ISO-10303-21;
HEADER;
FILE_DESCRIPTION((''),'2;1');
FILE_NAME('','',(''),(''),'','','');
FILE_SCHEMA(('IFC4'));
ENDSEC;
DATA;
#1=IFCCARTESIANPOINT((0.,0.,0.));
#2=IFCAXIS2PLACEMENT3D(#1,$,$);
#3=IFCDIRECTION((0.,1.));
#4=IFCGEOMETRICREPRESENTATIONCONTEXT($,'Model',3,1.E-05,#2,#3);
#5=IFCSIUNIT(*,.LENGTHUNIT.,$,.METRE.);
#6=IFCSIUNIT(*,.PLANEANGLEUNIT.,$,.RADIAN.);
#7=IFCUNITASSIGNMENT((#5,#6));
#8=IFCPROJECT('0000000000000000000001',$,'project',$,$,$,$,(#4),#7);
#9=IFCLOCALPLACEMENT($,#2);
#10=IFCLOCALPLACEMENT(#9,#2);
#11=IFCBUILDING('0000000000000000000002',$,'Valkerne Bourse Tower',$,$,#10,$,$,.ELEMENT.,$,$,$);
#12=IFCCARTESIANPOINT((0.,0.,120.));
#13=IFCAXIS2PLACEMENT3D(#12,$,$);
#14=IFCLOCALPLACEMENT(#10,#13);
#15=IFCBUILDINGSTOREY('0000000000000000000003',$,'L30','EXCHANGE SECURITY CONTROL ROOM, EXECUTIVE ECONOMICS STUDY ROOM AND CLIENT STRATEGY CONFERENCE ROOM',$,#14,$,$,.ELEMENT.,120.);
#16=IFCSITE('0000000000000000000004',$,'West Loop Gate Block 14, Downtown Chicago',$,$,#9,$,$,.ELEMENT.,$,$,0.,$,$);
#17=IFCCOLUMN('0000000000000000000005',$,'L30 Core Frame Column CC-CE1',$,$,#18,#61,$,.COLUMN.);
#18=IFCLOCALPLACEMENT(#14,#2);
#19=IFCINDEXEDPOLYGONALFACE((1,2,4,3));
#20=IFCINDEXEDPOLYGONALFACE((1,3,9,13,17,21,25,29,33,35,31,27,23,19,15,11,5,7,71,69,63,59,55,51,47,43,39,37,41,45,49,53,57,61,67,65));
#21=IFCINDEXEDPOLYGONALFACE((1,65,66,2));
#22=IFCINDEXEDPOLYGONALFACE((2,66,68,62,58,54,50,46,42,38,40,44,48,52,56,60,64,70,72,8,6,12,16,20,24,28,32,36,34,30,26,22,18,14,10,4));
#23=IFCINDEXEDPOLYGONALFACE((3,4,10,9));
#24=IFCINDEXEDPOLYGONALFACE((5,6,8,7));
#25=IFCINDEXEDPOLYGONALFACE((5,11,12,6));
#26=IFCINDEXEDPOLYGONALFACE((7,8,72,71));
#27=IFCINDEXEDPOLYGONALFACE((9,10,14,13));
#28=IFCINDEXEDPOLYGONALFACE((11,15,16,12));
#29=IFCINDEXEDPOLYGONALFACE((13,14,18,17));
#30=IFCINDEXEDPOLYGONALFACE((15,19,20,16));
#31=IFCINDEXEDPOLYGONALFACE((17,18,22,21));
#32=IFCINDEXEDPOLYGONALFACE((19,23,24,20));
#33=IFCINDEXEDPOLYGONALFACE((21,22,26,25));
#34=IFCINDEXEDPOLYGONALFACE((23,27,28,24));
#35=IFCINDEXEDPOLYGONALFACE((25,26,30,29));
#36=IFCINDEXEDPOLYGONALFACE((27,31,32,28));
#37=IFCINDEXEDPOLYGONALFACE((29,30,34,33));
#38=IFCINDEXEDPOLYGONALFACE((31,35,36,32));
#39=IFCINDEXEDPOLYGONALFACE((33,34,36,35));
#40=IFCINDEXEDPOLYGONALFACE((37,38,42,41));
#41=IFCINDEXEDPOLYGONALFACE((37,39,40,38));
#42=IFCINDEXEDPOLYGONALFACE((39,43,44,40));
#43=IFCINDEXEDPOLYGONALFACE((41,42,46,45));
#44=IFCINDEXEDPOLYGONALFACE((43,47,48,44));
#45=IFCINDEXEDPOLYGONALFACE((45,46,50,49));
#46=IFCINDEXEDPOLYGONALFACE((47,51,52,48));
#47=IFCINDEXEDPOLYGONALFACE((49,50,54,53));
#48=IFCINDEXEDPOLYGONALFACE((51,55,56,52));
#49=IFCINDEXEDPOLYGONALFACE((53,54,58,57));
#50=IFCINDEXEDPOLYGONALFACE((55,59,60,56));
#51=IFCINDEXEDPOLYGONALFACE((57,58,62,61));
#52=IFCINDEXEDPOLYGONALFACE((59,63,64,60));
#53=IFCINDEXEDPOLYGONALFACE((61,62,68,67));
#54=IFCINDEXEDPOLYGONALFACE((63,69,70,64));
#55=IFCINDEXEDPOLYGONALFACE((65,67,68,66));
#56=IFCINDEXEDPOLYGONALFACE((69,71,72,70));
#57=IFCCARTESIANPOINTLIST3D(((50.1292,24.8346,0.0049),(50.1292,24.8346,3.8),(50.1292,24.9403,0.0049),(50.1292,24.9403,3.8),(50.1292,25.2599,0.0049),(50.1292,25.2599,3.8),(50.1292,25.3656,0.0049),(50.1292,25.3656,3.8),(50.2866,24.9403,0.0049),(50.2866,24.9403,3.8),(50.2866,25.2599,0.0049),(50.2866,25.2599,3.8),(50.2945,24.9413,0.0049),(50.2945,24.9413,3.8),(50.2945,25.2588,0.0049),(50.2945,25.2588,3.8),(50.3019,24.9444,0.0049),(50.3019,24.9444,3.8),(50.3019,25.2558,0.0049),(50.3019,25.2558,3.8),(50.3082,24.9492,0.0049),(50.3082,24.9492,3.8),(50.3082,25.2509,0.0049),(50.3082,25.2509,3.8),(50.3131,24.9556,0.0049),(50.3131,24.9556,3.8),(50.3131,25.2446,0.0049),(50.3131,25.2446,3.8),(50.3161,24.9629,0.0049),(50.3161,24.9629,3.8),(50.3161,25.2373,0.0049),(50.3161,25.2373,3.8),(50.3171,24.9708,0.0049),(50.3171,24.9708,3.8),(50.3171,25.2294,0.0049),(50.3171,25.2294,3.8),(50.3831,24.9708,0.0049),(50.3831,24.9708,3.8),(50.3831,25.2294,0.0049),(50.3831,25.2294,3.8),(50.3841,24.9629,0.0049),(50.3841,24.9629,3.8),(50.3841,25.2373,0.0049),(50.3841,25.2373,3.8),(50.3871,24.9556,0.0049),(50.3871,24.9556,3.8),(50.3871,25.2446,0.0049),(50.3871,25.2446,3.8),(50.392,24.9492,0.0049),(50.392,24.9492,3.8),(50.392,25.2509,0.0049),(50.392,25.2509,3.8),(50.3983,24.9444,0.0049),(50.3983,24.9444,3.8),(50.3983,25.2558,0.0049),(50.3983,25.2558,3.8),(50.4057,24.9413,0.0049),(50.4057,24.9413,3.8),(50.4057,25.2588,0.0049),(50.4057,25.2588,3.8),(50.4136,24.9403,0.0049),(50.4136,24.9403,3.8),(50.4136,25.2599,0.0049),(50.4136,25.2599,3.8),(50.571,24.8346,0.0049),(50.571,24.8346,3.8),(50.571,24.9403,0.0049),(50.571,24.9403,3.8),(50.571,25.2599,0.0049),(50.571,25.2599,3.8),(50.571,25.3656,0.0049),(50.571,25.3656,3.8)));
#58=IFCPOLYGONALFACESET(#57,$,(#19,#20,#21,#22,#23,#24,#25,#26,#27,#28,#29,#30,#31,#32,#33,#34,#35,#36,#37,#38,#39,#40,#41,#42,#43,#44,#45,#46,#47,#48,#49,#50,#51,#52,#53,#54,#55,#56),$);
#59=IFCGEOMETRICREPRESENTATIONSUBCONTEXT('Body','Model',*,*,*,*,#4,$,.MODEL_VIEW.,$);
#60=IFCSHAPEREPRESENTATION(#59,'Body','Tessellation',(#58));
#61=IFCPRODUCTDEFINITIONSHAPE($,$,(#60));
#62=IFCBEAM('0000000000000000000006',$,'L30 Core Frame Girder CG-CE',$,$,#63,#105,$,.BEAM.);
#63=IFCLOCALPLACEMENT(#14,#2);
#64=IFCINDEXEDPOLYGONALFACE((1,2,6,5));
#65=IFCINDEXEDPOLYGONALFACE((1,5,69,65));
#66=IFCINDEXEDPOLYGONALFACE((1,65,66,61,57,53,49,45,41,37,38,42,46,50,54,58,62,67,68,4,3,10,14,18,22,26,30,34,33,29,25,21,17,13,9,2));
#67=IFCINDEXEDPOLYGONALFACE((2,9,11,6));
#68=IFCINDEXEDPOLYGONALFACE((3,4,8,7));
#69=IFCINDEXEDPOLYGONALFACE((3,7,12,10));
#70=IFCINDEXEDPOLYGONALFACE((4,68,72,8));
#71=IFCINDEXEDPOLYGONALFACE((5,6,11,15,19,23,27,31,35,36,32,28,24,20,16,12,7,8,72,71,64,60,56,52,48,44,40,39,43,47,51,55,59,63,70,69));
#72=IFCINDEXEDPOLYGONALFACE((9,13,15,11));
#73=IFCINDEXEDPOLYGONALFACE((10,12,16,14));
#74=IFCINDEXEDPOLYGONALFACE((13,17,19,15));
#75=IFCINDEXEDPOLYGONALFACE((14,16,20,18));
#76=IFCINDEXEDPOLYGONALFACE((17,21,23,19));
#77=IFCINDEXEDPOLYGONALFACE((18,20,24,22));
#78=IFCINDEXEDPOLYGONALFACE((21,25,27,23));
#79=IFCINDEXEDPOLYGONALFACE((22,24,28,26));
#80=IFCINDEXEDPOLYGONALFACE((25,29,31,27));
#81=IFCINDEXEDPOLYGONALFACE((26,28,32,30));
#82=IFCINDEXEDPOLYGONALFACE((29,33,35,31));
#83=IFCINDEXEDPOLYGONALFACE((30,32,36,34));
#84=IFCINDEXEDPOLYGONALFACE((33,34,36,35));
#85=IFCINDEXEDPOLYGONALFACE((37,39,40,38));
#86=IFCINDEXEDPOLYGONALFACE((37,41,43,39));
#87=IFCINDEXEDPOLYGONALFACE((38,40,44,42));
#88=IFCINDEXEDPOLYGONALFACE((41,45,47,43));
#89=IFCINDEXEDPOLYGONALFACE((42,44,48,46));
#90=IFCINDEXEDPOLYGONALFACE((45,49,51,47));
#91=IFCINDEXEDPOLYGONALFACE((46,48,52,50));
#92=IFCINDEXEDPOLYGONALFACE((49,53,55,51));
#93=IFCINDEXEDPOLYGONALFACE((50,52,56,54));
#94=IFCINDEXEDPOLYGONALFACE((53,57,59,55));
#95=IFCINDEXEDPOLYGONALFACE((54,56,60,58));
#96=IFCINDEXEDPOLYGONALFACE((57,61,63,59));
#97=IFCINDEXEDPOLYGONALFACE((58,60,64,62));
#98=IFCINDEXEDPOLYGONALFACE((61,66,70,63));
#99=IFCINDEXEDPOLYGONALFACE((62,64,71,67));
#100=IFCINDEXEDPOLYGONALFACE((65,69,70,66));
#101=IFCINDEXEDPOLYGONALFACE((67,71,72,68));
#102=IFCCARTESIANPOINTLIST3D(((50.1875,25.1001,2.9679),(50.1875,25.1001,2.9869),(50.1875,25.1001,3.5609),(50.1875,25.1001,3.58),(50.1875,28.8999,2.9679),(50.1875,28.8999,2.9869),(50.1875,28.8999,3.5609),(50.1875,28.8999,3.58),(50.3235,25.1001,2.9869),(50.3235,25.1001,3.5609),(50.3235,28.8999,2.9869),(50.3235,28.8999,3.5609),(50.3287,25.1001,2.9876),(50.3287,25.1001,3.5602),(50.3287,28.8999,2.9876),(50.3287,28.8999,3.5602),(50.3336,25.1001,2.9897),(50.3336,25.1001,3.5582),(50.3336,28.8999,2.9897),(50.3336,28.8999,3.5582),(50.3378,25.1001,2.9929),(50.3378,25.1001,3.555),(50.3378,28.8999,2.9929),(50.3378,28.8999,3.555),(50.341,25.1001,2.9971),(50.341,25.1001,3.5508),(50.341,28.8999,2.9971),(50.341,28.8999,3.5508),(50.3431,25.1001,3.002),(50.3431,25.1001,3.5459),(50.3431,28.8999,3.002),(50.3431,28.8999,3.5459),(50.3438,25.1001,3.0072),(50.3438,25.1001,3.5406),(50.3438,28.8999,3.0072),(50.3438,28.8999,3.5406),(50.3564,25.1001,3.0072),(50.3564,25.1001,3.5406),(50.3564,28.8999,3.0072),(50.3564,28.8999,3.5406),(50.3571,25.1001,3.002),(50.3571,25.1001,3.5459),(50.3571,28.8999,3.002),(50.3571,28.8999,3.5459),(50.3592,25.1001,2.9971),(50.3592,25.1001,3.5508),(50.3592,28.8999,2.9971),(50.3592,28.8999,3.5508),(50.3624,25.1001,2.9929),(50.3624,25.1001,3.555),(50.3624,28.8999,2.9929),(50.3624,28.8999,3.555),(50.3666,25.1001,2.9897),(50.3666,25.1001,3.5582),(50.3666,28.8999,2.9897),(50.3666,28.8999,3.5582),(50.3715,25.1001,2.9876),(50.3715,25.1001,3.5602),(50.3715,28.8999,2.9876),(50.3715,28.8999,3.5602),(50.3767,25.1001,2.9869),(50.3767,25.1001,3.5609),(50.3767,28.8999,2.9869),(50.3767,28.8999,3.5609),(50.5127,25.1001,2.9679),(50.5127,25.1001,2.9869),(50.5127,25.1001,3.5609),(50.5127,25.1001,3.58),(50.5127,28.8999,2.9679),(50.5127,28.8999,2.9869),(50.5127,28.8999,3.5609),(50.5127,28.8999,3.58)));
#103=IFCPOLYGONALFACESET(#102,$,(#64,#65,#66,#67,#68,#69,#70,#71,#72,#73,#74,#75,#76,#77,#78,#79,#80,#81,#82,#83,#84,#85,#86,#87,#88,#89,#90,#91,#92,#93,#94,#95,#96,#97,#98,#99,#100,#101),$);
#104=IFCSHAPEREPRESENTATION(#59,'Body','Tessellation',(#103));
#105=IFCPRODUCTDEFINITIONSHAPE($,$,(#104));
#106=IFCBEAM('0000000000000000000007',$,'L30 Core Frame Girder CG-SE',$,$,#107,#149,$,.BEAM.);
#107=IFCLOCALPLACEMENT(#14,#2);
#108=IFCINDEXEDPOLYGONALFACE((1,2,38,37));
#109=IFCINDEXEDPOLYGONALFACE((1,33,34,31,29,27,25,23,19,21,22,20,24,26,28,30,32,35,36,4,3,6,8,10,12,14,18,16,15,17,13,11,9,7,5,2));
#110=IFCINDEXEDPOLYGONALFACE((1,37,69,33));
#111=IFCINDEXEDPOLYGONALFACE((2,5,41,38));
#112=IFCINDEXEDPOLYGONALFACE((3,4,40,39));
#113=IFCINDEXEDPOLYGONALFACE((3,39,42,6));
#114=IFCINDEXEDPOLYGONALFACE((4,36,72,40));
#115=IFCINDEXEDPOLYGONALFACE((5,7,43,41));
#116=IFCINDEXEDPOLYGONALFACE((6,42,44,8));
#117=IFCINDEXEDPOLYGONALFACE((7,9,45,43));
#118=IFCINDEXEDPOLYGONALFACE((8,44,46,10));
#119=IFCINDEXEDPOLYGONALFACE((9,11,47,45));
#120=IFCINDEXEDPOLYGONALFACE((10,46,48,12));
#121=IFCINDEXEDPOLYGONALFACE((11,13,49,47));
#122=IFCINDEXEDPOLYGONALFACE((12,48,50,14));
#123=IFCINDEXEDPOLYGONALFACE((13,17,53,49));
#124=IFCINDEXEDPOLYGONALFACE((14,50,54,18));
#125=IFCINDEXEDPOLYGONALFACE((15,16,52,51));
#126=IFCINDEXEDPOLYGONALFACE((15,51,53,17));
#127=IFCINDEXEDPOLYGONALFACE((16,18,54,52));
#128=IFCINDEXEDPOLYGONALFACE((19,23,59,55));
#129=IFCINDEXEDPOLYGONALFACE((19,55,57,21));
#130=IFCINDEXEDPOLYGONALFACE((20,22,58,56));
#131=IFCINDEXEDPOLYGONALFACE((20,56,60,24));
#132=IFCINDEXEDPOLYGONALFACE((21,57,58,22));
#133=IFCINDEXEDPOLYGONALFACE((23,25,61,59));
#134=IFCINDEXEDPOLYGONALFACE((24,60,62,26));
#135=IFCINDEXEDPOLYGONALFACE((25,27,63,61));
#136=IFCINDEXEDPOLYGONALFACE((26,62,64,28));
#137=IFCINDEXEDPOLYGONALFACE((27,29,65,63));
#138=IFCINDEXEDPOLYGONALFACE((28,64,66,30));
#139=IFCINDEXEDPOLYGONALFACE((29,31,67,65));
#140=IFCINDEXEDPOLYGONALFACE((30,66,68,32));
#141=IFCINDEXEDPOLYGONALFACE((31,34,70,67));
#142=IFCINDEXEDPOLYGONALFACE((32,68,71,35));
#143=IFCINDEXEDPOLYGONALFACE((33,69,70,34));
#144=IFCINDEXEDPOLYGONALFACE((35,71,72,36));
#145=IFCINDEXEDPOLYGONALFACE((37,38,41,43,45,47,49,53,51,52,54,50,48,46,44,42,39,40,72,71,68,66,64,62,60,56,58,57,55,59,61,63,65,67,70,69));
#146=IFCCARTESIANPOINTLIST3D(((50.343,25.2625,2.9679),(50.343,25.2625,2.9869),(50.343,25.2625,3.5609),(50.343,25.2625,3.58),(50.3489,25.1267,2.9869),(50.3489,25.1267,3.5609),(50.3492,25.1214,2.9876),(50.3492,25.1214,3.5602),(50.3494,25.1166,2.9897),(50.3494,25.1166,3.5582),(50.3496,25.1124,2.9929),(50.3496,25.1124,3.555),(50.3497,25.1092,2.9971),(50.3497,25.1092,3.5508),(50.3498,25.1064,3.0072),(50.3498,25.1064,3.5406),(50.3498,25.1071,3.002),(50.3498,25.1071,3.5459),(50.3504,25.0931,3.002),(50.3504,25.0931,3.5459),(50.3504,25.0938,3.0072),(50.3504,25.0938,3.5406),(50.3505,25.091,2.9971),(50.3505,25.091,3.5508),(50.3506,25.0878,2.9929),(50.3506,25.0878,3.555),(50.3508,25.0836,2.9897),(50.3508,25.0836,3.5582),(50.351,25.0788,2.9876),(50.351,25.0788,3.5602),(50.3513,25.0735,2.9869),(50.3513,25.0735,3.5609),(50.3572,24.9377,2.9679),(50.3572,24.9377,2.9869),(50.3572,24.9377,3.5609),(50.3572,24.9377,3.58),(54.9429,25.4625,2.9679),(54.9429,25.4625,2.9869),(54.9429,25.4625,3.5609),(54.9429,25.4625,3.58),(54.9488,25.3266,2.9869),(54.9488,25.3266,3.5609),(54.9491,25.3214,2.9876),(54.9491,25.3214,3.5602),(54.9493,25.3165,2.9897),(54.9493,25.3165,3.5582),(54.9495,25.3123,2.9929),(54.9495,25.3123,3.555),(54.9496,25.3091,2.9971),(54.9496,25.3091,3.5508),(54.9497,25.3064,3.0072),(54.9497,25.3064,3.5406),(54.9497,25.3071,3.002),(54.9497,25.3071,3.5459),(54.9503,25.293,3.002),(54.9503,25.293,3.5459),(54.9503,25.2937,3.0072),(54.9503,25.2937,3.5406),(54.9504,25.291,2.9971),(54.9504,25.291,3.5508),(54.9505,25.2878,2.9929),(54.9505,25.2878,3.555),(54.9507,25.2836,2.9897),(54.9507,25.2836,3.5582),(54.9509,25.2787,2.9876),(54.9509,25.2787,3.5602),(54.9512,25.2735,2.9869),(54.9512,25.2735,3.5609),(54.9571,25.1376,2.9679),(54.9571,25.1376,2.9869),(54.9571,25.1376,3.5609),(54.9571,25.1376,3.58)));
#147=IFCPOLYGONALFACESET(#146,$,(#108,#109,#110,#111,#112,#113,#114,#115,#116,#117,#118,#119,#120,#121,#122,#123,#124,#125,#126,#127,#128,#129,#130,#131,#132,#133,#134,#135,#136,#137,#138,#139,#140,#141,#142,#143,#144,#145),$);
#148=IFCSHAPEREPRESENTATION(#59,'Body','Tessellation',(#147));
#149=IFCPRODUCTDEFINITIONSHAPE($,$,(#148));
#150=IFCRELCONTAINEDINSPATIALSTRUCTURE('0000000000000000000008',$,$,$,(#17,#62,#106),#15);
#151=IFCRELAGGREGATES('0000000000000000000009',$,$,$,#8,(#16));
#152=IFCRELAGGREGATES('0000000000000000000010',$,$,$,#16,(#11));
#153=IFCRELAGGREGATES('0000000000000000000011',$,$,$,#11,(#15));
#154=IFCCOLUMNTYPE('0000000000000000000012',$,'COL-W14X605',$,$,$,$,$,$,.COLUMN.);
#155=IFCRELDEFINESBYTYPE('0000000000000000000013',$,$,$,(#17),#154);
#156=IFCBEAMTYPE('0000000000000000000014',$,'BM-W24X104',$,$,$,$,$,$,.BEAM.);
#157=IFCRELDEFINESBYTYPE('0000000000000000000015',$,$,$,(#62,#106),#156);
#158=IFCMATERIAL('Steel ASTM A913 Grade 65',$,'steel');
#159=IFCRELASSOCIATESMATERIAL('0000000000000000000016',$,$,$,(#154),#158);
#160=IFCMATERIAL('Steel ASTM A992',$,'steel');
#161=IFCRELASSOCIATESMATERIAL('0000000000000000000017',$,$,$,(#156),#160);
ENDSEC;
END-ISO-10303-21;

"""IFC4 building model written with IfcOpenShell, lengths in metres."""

from ifc_helpers import new_model, si_unit, direction, frame, origin, origin_2d, place, context, subcontext, project, spatial, i_section, extrude, material, material_profile, profile_set, type_object, element, save


model = new_model("IFC4")

# Units and contexts
model_context = context("Model", 3, precision=1e-05, world=origin(), true_north=direction((0.0, 1.0)))
body_context = subcontext(model_context, "Body", "Model", "MODEL_VIEW")
ifc_project = project(units=[si_unit("LENGTHUNIT", "METRE"), si_unit("PLANEANGLEUNIT", "RADIAN")], contexts=[model_context])

# Site, building, storey
site_placement = place(None, origin())
site = spatial("IfcSite", under=ifc_project, at=site_placement, Name="West Loop Gate Block 14, Downtown Chicago", CompositionType="ELEMENT", RefElevation=0.0)
building_placement = place(site_placement, origin())
building = spatial("IfcBuilding", under=site, at=building_placement, Name="Valkerne Bourse Tower", CompositionType="ELEMENT")
storey_placement = place(building_placement, frame((0.0, 0.0, 120.0)))
storey = spatial("IfcBuildingStorey", under=building, at=storey_placement, Name="L30", Description="EXCHANGE SECURITY CONTROL ROOM, EXECUTIVE ECONOMICS STUDY ROOM AND CLIENT STRATEGY CONFERENCE ROOM", CompositionType="ELEMENT", Elevation=120.0)

# Column
ifc_material_1 = material(Name="Steel ASTM A913 Grade 65", Category="steel")
ifc_material_profile_1 = material_profile(ifc_material_1, i_section(OverallWidth=0.4419, OverallDepth=0.531, WebThickness=0.0659, FlangeThickness=0.1057, FilletRadius=0.0305, at=origin_2d()), Name="W14X605")
ifc_profile_set_1 = profile_set([ifc_material_profile_1], Name="Steel ASTM A913 Grade 65")
column_type = type_object("IfcColumnType", Name="COL-W14X605", PredefinedType="COLUMN", material=ifc_profile_set_1)
column_placement = place(storey_placement, frame((50.3501, 25.1001, 0.0049), z_axis=(0.0, 0.0, 1.0), x_axis=(1.0, 0.0, 0.0)))
element("IfcColumn", 1, at=column_placement, inside=storey, type_object=column_type, Name="L30 Core Frame Column CC-CE1", PredefinedType="COLUMN", context=body_context, shape_type="SweptSolid", body=[
    extrude(i_section(OverallWidth=0.4419, OverallDepth=0.531, WebThickness=0.0659, FlangeThickness=0.1057, FilletRadius=0.0305, at=origin_2d()), origin(), (0.0, 0.0, 1.0), 3.7952),
])

# Beams
ifc_material_2 = material(Name="Steel ASTM A992", Category="steel")
ifc_material_profile_2 = material_profile(ifc_material_2, i_section(OverallWidth=0.3252, OverallDepth=0.6121, WebThickness=0.0127, FlangeThickness=0.019, FilletRadius=0.0203, at=origin_2d()), Name="W24X104")
ifc_profile_set_2 = profile_set([ifc_material_profile_2], Name="Steel ASTM A992")
beam_type = type_object("IfcBeamType", Name="BM-W24X104", PredefinedType="BEAM", material=ifc_profile_set_2)
beam_1_placement = place(storey_placement, frame((50.3501, 25.1001, 3.2739), z_axis=(0.0, 1.0, 0.0), x_axis=(-1.0, 0.0, 0.0)))
element("IfcBeam", 2, at=beam_1_placement, inside=storey, type_object=beam_type, Name="L30 Core Frame Girder CG-CE", PredefinedType="BEAM", context=body_context, shape_type="SweptSolid", body=[
    extrude(i_section(OverallWidth=0.3252, OverallDepth=0.6121, WebThickness=0.0127, FlangeThickness=0.019, FilletRadius=0.0203, at=origin_2d()), origin(), (0.0, 0.0, 1.0), 3.7998),
])
beam_2_placement = place(storey_placement, frame((50.3501, 25.1001, 3.2739), z_axis=(0.999057, 0.043428, 0.0), x_axis=(-0.043428, 0.999057, 0.0)))
element("IfcBeam", 3, at=beam_2_placement, inside=storey, type_object=beam_type, Name="L30 Core Frame Girder CG-SE", PredefinedType="BEAM", context=body_context, shape_type="SweptSolid", body=[
    extrude(i_section(OverallWidth=0.3252, OverallDepth=0.6121, WebThickness=0.0127, FlangeThickness=0.019, FilletRadius=0.0203, at=origin_2d()), origin(), (0.0, 0.0, 1.0), 4.6042),
])

save(model, "model.ifc")
